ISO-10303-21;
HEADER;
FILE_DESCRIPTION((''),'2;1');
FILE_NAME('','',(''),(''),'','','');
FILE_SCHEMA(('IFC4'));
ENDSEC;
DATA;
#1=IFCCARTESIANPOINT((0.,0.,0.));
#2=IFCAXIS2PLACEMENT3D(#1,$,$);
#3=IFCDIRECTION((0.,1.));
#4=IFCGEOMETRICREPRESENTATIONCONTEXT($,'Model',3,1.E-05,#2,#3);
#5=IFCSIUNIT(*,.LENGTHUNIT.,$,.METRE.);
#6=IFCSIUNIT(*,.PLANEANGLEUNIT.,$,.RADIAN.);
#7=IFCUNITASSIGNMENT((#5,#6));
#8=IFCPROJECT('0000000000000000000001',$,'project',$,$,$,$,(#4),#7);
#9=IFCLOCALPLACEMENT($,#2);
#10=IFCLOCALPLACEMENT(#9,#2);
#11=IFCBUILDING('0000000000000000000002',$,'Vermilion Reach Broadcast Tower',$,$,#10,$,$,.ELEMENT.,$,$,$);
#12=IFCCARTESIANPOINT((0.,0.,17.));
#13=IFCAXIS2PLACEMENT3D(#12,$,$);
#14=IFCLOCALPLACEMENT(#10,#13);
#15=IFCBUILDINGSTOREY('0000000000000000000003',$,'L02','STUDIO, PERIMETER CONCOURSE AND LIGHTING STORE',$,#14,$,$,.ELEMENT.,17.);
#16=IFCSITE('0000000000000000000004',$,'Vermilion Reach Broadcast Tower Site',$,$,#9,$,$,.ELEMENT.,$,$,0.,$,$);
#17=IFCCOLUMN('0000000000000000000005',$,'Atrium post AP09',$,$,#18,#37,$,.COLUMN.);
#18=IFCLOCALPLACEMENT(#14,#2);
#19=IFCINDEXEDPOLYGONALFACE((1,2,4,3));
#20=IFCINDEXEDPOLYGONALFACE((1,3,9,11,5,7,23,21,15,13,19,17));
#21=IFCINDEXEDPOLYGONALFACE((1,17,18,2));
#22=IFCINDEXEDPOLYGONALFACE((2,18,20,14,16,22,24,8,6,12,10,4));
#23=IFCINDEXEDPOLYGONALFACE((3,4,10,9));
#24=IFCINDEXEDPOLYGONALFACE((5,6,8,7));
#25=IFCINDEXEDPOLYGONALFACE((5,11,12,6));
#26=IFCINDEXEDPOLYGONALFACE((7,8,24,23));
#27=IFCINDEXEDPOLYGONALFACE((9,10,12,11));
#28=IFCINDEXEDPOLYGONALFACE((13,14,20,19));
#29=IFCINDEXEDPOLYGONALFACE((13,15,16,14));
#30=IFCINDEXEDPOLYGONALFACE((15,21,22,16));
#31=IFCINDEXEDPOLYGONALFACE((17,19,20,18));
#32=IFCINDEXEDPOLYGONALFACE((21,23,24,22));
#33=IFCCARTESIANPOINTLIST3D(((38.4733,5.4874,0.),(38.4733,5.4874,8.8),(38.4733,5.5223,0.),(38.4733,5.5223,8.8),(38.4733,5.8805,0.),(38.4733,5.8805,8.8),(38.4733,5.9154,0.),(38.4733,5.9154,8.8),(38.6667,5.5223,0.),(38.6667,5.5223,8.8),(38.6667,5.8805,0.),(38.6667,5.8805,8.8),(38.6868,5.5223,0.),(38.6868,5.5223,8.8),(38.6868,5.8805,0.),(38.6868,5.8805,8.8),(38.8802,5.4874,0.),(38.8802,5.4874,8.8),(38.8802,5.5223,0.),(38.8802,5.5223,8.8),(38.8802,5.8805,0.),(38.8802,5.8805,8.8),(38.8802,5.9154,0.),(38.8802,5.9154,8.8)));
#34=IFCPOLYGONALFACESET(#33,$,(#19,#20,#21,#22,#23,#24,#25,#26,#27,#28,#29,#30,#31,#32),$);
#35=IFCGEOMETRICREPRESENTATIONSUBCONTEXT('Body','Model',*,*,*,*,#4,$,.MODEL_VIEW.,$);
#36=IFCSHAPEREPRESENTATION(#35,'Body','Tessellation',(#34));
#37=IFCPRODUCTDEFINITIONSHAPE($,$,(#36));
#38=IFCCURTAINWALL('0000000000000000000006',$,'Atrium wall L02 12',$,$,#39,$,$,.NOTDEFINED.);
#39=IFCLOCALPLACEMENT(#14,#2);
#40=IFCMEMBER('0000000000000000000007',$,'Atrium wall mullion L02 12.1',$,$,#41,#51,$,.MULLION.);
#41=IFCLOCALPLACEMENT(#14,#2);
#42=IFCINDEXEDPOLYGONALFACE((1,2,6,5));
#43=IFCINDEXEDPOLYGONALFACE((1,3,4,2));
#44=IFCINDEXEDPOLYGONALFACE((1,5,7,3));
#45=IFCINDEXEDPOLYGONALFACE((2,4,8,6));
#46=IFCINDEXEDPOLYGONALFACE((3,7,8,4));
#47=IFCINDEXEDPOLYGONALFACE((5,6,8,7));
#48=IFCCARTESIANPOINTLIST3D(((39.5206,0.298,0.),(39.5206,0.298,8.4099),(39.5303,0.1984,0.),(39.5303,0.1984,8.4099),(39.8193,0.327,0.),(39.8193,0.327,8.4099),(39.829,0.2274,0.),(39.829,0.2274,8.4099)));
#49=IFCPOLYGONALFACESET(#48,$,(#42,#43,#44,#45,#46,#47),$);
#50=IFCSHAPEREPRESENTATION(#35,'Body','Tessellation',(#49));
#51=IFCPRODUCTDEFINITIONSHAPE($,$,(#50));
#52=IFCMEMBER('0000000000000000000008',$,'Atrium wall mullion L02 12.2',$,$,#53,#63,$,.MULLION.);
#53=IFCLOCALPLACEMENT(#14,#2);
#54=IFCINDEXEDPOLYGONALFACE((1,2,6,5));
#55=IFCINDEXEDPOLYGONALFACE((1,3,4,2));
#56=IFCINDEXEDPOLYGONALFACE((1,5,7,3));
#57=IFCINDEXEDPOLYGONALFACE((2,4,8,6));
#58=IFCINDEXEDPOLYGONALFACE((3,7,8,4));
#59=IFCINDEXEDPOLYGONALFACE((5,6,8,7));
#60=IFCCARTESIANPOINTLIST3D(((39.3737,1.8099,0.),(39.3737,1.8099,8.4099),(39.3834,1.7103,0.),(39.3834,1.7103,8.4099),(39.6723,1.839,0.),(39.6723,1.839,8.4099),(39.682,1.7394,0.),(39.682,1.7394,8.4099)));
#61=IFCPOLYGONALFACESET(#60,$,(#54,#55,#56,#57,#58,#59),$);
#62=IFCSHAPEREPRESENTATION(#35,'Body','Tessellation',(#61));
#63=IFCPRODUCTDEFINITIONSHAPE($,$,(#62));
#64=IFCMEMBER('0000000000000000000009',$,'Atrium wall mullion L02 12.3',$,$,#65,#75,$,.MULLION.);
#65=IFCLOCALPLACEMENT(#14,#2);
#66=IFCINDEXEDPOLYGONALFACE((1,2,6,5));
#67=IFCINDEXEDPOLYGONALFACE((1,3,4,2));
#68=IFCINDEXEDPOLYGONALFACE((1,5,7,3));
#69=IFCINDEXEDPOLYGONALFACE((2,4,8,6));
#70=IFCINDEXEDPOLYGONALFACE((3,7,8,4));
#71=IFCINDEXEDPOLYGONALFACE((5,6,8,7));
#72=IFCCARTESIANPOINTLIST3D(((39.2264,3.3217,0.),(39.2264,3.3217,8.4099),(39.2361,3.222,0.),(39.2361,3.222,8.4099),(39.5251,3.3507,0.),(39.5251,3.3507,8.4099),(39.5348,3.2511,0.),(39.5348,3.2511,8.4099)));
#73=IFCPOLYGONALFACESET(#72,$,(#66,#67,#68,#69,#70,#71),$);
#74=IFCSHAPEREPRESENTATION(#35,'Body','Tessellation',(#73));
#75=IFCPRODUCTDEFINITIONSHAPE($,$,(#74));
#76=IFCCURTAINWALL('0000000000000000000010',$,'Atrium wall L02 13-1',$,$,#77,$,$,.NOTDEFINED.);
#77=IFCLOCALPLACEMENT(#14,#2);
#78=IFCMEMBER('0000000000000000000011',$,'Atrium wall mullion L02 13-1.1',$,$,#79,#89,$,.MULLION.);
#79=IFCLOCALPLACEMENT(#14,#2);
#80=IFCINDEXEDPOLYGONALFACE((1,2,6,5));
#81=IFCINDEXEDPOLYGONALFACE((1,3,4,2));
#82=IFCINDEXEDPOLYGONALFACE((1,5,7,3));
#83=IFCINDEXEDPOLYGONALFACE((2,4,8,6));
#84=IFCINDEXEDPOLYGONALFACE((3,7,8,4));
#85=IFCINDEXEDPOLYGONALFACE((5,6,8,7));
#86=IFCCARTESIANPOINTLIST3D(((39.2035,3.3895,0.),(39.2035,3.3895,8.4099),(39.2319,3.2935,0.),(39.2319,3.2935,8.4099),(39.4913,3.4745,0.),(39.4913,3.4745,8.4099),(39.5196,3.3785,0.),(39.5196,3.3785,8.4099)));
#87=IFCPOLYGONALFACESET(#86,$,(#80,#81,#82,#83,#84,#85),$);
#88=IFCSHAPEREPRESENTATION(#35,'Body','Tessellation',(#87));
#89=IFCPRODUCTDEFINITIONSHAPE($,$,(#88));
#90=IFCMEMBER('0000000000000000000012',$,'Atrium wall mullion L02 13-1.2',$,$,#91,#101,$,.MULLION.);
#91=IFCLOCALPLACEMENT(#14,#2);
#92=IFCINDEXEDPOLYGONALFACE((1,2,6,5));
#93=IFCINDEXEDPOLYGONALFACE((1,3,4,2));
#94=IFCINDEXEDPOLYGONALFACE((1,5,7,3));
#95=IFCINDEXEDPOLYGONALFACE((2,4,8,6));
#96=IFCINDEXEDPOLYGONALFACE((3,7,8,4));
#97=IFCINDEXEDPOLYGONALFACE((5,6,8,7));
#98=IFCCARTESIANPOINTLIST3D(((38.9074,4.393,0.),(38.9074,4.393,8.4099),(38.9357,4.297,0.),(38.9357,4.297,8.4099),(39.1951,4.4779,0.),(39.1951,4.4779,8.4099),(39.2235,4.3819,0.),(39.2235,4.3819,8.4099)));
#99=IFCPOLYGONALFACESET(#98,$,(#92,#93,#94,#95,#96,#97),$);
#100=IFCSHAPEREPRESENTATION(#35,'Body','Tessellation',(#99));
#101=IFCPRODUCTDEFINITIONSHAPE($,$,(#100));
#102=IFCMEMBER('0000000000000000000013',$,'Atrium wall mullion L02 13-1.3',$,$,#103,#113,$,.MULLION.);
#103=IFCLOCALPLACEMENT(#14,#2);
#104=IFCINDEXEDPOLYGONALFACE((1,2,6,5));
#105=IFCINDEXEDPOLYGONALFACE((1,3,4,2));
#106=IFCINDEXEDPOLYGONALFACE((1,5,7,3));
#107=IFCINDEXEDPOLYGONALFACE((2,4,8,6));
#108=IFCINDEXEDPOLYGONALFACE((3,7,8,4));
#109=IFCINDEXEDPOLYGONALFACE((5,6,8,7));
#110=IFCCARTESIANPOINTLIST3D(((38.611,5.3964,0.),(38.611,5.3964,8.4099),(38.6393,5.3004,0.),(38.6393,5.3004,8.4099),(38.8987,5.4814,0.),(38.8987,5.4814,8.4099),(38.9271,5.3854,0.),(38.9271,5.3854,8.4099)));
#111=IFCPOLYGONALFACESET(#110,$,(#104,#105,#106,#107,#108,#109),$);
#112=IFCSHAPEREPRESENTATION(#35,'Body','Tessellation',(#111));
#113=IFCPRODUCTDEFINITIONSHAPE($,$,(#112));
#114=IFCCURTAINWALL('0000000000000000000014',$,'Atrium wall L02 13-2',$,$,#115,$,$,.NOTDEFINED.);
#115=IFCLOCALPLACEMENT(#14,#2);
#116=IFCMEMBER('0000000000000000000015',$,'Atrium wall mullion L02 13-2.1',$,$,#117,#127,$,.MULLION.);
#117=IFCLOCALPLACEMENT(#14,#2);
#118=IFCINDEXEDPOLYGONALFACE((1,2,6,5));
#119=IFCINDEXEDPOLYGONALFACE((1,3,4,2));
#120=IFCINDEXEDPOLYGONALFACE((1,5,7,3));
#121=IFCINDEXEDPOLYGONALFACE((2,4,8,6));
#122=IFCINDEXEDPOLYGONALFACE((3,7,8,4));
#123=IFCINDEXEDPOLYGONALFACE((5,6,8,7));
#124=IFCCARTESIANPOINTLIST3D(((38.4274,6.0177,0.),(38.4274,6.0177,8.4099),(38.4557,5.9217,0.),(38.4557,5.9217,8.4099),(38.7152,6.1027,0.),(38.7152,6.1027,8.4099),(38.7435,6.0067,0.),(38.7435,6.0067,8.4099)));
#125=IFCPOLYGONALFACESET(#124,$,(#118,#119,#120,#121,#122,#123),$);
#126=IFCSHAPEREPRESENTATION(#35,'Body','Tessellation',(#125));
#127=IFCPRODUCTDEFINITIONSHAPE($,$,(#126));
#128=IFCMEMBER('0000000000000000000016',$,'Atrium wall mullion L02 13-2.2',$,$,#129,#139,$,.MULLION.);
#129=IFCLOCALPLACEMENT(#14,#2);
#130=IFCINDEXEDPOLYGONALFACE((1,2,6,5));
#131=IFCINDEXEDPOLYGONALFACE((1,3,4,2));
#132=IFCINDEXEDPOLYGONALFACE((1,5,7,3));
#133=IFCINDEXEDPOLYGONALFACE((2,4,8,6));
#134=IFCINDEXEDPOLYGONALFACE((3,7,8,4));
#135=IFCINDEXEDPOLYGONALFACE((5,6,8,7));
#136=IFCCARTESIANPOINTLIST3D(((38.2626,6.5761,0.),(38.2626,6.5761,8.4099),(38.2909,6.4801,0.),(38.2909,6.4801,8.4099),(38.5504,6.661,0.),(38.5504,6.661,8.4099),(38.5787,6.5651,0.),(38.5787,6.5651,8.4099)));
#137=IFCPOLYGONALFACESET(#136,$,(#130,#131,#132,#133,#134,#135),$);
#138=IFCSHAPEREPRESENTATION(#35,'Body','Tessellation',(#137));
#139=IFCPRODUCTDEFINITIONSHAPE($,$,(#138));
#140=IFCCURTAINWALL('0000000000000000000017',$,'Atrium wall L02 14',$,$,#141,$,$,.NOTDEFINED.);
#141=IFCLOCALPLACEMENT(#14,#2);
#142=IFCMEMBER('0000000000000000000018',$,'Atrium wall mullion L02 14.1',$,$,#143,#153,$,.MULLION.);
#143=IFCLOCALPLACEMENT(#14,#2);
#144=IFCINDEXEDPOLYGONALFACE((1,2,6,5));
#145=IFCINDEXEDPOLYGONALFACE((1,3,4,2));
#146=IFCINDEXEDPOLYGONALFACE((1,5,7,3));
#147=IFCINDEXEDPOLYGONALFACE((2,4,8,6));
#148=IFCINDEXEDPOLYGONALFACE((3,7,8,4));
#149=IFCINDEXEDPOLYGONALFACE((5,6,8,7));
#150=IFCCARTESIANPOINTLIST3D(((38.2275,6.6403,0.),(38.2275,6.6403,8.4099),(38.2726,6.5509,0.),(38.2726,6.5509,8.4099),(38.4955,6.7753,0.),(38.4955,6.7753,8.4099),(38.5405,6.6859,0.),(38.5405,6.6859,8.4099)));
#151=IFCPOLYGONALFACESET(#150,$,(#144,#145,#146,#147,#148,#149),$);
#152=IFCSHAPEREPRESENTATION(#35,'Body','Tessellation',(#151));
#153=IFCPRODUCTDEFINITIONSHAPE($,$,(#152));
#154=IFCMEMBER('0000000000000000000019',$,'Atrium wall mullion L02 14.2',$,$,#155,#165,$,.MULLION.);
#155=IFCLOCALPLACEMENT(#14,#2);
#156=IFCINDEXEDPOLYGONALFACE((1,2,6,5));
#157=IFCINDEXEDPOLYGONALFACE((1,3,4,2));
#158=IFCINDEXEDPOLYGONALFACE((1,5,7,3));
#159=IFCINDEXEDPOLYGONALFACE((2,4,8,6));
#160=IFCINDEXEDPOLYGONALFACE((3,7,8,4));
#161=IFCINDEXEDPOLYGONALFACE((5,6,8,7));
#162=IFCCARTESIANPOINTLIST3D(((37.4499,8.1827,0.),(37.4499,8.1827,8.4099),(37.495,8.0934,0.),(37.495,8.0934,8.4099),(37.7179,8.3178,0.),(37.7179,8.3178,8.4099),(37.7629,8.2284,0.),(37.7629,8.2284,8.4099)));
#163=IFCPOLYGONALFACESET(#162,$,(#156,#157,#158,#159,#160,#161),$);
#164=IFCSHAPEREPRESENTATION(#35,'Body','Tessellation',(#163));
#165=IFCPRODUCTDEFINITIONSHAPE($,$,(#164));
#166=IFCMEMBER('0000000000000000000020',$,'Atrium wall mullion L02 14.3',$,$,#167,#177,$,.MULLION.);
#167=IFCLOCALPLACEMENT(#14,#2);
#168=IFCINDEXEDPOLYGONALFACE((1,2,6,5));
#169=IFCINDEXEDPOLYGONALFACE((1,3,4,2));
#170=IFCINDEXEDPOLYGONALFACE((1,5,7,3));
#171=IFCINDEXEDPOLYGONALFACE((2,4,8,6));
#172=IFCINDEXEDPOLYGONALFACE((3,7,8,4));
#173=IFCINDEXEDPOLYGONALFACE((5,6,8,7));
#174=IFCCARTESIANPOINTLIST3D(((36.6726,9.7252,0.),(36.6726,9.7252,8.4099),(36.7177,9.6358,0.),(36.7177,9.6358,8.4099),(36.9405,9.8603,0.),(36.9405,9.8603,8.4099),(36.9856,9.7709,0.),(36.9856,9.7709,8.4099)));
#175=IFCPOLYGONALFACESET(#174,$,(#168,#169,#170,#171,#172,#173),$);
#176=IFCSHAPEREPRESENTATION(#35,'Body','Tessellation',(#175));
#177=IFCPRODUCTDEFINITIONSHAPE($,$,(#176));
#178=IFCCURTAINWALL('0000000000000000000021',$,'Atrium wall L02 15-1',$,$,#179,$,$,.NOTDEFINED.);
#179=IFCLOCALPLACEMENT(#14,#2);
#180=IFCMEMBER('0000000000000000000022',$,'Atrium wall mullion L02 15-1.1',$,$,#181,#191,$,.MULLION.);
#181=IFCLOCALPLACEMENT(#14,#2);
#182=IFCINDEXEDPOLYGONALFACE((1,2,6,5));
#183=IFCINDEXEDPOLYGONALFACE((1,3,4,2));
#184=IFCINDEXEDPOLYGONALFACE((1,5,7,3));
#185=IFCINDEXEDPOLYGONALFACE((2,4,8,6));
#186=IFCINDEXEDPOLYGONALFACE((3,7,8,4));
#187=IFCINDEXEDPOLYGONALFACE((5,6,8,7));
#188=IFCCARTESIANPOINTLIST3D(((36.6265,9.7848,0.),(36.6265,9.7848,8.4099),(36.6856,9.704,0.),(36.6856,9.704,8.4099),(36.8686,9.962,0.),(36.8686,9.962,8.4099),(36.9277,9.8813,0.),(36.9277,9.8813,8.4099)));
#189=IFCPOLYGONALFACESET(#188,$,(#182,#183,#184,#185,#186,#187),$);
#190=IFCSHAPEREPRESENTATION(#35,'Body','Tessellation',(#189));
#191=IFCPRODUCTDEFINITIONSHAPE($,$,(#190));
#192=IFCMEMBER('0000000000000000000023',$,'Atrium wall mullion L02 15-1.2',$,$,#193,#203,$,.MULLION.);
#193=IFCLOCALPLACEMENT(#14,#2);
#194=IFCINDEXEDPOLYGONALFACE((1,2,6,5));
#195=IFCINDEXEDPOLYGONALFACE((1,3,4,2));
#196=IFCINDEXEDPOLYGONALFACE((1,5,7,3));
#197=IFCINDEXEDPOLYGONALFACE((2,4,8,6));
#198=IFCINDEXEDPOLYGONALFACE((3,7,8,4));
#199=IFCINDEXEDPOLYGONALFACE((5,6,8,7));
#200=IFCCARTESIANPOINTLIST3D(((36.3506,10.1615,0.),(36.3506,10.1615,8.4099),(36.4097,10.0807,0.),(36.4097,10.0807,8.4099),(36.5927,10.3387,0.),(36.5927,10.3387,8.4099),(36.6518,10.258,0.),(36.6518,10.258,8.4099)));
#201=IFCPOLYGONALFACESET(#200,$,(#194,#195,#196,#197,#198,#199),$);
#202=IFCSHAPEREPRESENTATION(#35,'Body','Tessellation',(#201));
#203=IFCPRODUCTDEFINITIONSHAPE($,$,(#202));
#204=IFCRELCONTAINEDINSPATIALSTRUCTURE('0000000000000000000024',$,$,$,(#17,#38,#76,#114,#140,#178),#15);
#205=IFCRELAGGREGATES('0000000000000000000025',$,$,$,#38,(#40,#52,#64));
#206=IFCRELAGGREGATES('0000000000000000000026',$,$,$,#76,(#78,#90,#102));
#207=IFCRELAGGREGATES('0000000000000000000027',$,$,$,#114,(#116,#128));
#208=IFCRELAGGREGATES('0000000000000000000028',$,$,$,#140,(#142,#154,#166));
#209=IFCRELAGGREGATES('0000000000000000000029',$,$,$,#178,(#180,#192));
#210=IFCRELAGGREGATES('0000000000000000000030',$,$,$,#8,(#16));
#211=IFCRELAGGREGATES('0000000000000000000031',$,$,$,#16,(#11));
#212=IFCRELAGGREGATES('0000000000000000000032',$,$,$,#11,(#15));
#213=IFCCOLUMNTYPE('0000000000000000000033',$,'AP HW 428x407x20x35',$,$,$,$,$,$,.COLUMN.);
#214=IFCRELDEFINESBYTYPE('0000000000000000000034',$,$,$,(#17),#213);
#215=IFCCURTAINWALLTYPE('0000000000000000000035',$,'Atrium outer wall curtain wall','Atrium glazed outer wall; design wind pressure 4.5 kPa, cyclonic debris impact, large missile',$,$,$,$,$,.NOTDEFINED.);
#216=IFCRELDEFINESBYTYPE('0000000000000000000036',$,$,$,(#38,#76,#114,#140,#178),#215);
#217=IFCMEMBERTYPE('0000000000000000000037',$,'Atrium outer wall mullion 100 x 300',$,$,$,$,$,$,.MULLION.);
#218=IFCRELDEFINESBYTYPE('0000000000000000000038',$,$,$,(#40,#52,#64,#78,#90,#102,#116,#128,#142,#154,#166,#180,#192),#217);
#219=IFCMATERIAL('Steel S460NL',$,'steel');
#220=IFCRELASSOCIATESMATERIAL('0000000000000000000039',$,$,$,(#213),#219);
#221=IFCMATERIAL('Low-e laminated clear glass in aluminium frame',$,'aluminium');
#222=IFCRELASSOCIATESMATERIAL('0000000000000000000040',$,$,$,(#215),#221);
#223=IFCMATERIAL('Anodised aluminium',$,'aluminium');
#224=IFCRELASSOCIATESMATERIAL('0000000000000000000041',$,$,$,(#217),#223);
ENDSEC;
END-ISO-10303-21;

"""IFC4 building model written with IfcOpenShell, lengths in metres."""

from ifc_helpers import new_model, si_unit, direction, frame, origin, origin_2d, place, context, subcontext, project, spatial, rectangle, i_section, extrude, material, material_profile, profile_set, type_object, element, aggregate, save


model = new_model("IFC4")

# Units and contexts
model_context = context("Model", 3, precision=1e-05, world=origin(), true_north=direction((0.0, 1.0)))
body_context = subcontext(model_context, "Body", "Model", "MODEL_VIEW")
ifc_project = project(units=[si_unit("LENGTHUNIT", "METRE"), si_unit("PLANEANGLEUNIT", "RADIAN")], contexts=[model_context])

# Site, building, storey
site_placement = place(None, origin())
site = spatial("IfcSite", under=ifc_project, at=site_placement, Name="Vermilion Reach Broadcast Tower Site", CompositionType="ELEMENT", RefElevation=0.0)
building_placement = place(site_placement, origin())
building = spatial("IfcBuilding", under=site, at=building_placement, Name="Vermilion Reach Broadcast Tower", CompositionType="ELEMENT")
storey_placement = place(building_placement, frame((0.0, 0.0, 17.0)))
storey = spatial("IfcBuildingStorey", under=building, at=storey_placement, Name="L02", Description="STUDIO, PERIMETER CONCOURSE AND LIGHTING STORE", CompositionType="ELEMENT", Elevation=17.0)

# Column
ifc_material_1 = material(Name="Steel S460NL", Category="steel")
ifc_material_profile_1 = material_profile(ifc_material_1, i_section(OverallWidth=0.407, OverallDepth=0.428, WebThickness=0.02, FlangeThickness=0.0349, at=origin_2d()), Name="S460NL HW 428x407x20x35")
ifc_profile_set_1 = profile_set([ifc_material_profile_1], Name="Steel S460NL")
column_type = type_object("IfcColumnType", Name="AP HW 428x407x20x35", PredefinedType="COLUMN", material=ifc_profile_set_1)
column_placement = place(storey_placement, frame((38.6768, 5.7014, 0.0), z_axis=(0.0, 0.0, 1.0), x_axis=(1.0, 0.0, 0.0)))
element("IfcColumn", 1, at=column_placement, inside=storey, type_object=column_type, Name="Atrium post AP09", PredefinedType="COLUMN", context=body_context, shape_type="SweptSolid", body=[
    extrude(i_section(OverallWidth=0.407, OverallDepth=0.428, WebThickness=0.02, FlangeThickness=0.0349, at=origin_2d()), origin(), (0.0, 0.0, 1.0), 8.8),
])

# Curtain walls, members
ifc_material_2 = material(Name="Low-e laminated clear glass in aluminium frame", Category="aluminium")
curtain_wall_type = type_object("IfcCurtainWallType", Name="Atrium outer wall curtain wall", Description="Atrium glazed outer wall; design wind pressure 4.5 kPa, cyclonic debris impact, large missile", PredefinedType="NOTDEFINED", material=ifc_material_2)
placement = place(storey_placement, origin())
curtain_wall_1 = element("IfcCurtainWall", 2, at=placement, inside=storey, type_object=curtain_wall_type, Name="Atrium wall L02 12", PredefinedType="NOTDEFINED")
ifc_material_3 = material(Name="Anodised aluminium", Category="aluminium")
ifc_material_profile_2 = material_profile(ifc_material_3, rectangle(XDim=0.3, YDim=0.1001, at=origin_2d()), Name="Atrium outer wall mullion 100 x 300")
ifc_profile_set_2 = profile_set([ifc_material_profile_2], Name="Anodised aluminium")
member_type_1 = type_object("IfcMemberType", Name="Atrium outer wall mullion 100 x 300", PredefinedType="MULLION", material=ifc_profile_set_2)
member_1_placement = place(storey_placement, frame((39.6748, 0.2627, 0.0), z_axis=(0.0, 0.0, 1.0), x_axis=(-0.995298, -0.096861, 0.0)))
member_1 = element("IfcMember", 3, at=member_1_placement, type_object=member_type_1, Name="Atrium wall mullion L02 12.1", PredefinedType="MULLION", context=body_context, shape_type="SweptSolid", body=[
    extrude(rectangle(XDim=0.3, YDim=0.1001, at=origin_2d()), origin(), (0.0, 0.0, 1.0), 8.4099),
])
member_2_placement = place(storey_placement, frame((39.5278, 1.7747, 0.0), z_axis=(0.0, 0.0, 1.0), x_axis=(-0.995298, -0.096861, 0.0)))
member_2 = element("IfcMember", 4, at=member_2_placement, type_object=member_type_1, Name="Atrium wall mullion L02 12.2", PredefinedType="MULLION", context=body_context, shape_type="SweptSolid", body=[
    extrude(rectangle(XDim=0.3, YDim=0.1001, at=origin_2d()), origin(), (0.0, 0.0, 1.0), 8.4099),
])
member_3_placement = place(storey_placement, frame((39.3806, 3.2864, 0.0), z_axis=(0.0, 0.0, 1.0), x_axis=(-0.995298, -0.096861, 0.0)))
member_3 = element("IfcMember", 5, at=member_3_placement, type_object=member_type_1, Name="Atrium wall mullion L02 12.3", PredefinedType="MULLION", context=body_context, shape_type="SweptSolid", body=[
    extrude(rectangle(XDim=0.3, YDim=0.1001, at=origin_2d()), origin(), (0.0, 0.0, 1.0), 8.4099),
])
curtain_wall_2 = element("IfcCurtainWall", 6, at=placement, inside=storey, type_object=curtain_wall_type, Name="Atrium wall L02 13-1", PredefinedType="NOTDEFINED")
member_4_placement = place(storey_placement, frame((39.3616, 3.384, 0.0), z_axis=(0.0, 0.0, 1.0), x_axis=(-0.959048, -0.283245, 0.0)))
member_4 = element("IfcMember", 7, at=member_4_placement, type_object=member_type_1, Name="Atrium wall mullion L02 13-1.1", PredefinedType="MULLION", context=body_context, shape_type="SweptSolid", body=[
    extrude(rectangle(XDim=0.3, YDim=0.1001, at=origin_2d()), origin(), (0.0, 0.0, 1.0), 8.4099),
])
member_5_placement = place(storey_placement, frame((39.0654, 4.3875, 0.0), z_axis=(0.0, 0.0, 1.0), x_axis=(-0.959048, -0.283245, 0.0)))
member_5 = element("IfcMember", 8, at=member_5_placement, type_object=member_type_1, Name="Atrium wall mullion L02 13-1.2", PredefinedType="MULLION", context=body_context, shape_type="SweptSolid", body=[
    extrude(rectangle(XDim=0.3, YDim=0.1001, at=origin_2d()), origin(), (0.0, 0.0, 1.0), 8.4099),
])
member_6_placement = place(storey_placement, frame((38.769, 5.3909, 0.0), z_axis=(0.0, 0.0, 1.0), x_axis=(-0.959048, -0.283245, 0.0)))
member_6 = element("IfcMember", 9, at=member_6_placement, type_object=member_type_1, Name="Atrium wall mullion L02 13-1.3", PredefinedType="MULLION", context=body_context, shape_type="SweptSolid", body=[
    extrude(rectangle(XDim=0.3, YDim=0.1001, at=origin_2d()), origin(), (0.0, 0.0, 1.0), 8.4099),
])
curtain_wall_3 = element("IfcCurtainWall", 10, at=placement, inside=storey, type_object=curtain_wall_type, Name="Atrium wall L02 13-2", PredefinedType="NOTDEFINED")
member_7_placement = place(storey_placement, frame((38.5854, 6.0122, 0.0), z_axis=(0.0, 0.0, 1.0), x_axis=(-0.959048, -0.283245, 0.0)))
member_7 = element("IfcMember", 11, at=member_7_placement, type_object=member_type_1, Name="Atrium wall mullion L02 13-2.1", PredefinedType="MULLION", context=body_context, shape_type="SweptSolid", body=[
    extrude(rectangle(XDim=0.3, YDim=0.1001, at=origin_2d()), origin(), (0.0, 0.0, 1.0), 8.4099),
])
member_8_placement = place(storey_placement, frame((38.4207, 6.5706, 0.0), z_axis=(0.0, 0.0, 1.0), x_axis=(-0.959048, -0.283245, 0.0)))
member_8 = element("IfcMember", 12, at=member_8_placement, type_object=member_type_1, Name="Atrium wall mullion L02 13-2.2", PredefinedType="MULLION", context=body_context, shape_type="SweptSolid", body=[
    extrude(rectangle(XDim=0.3, YDim=0.1001, at=origin_2d()), origin(), (0.0, 0.0, 1.0), 8.4099),
])
curtain_wall_4 = element("IfcCurtainWall", 13, at=placement, inside=storey, type_object=curtain_wall_type, Name="Atrium wall L02 14", PredefinedType="NOTDEFINED")
member_9_placement = place(storey_placement, frame((38.384, 6.6631, 0.0), z_axis=(0.0, 0.0, 1.0), x_axis=(-0.892992, -0.450072, 0.0)))
member_9 = element("IfcMember", 14, at=member_9_placement, type_object=member_type_1, Name="Atrium wall mullion L02 14.1", PredefinedType="MULLION", context=body_context, shape_type="SweptSolid", body=[
    extrude(rectangle(XDim=0.3, YDim=0.1001, at=origin_2d()), origin(), (0.0, 0.0, 1.0), 8.4099),
])
member_10_placement = place(storey_placement, frame((37.6064, 8.2056, 0.0), z_axis=(0.0, 0.0, 1.0), x_axis=(-0.892992, -0.450072, 0.0)))
member_10 = element("IfcMember", 15, at=member_10_placement, type_object=member_type_1, Name="Atrium wall mullion L02 14.2", PredefinedType="MULLION", context=body_context, shape_type="SweptSolid", body=[
    extrude(rectangle(XDim=0.3, YDim=0.1001, at=origin_2d()), origin(), (0.0, 0.0, 1.0), 8.4099),
])
member_11_placement = place(storey_placement, frame((36.8291, 9.748, 0.0), z_axis=(0.0, 0.0, 1.0), x_axis=(-0.892992, -0.450072, 0.0)))
member_11 = element("IfcMember", 16, at=member_11_placement, type_object=member_type_1, Name="Atrium wall mullion L02 14.3", PredefinedType="MULLION", context=body_context, shape_type="SweptSolid", body=[
    extrude(rectangle(XDim=0.3, YDim=0.1001, at=origin_2d()), origin(), (0.0, 0.0, 1.0), 8.4099),
])
curtain_wall_5 = element("IfcCurtainWall", 17, at=placement, inside=storey, type_object=curtain_wall_type, Name="Atrium wall L02 15-1", PredefinedType="NOTDEFINED")
member_12_placement = place(storey_placement, frame((36.7771, 9.833, 0.0), z_axis=(0.0, 0.0, 1.0), x_axis=(-0.806847, -0.59076, 0.0)))
member_12 = element("IfcMember", 18, at=member_12_placement, type_object=member_type_1, Name="Atrium wall mullion L02 15-1.1", PredefinedType="MULLION", context=body_context, shape_type="SweptSolid", body=[
    extrude(rectangle(XDim=0.3, YDim=0.1001, at=origin_2d()), origin(), (0.0, 0.0, 1.0), 8.4099),
])
member_13_placement = place(storey_placement, frame((36.5012, 10.2097, 0.0), z_axis=(0.0, 0.0, 1.0), x_axis=(-0.806847, -0.59076, 0.0)))
member_13 = element("IfcMember", 19, at=member_13_placement, type_object=member_type_1, Name="Atrium wall mullion L02 15-1.2", PredefinedType="MULLION", context=body_context, shape_type="SweptSolid", body=[
    extrude(rectangle(XDim=0.3, YDim=0.1001, at=origin_2d()), origin(), (0.0, 0.0, 1.0), 8.4099),
])

aggregate(curtain_wall_1, [member_1, member_2, member_3])
aggregate(curtain_wall_2, [member_4, member_5, member_6])
aggregate(curtain_wall_3, [member_7, member_8])
aggregate(curtain_wall_4, [member_9, member_10, member_11])
aggregate(curtain_wall_5, [member_12, member_13])

save(model, "model.ifc")
